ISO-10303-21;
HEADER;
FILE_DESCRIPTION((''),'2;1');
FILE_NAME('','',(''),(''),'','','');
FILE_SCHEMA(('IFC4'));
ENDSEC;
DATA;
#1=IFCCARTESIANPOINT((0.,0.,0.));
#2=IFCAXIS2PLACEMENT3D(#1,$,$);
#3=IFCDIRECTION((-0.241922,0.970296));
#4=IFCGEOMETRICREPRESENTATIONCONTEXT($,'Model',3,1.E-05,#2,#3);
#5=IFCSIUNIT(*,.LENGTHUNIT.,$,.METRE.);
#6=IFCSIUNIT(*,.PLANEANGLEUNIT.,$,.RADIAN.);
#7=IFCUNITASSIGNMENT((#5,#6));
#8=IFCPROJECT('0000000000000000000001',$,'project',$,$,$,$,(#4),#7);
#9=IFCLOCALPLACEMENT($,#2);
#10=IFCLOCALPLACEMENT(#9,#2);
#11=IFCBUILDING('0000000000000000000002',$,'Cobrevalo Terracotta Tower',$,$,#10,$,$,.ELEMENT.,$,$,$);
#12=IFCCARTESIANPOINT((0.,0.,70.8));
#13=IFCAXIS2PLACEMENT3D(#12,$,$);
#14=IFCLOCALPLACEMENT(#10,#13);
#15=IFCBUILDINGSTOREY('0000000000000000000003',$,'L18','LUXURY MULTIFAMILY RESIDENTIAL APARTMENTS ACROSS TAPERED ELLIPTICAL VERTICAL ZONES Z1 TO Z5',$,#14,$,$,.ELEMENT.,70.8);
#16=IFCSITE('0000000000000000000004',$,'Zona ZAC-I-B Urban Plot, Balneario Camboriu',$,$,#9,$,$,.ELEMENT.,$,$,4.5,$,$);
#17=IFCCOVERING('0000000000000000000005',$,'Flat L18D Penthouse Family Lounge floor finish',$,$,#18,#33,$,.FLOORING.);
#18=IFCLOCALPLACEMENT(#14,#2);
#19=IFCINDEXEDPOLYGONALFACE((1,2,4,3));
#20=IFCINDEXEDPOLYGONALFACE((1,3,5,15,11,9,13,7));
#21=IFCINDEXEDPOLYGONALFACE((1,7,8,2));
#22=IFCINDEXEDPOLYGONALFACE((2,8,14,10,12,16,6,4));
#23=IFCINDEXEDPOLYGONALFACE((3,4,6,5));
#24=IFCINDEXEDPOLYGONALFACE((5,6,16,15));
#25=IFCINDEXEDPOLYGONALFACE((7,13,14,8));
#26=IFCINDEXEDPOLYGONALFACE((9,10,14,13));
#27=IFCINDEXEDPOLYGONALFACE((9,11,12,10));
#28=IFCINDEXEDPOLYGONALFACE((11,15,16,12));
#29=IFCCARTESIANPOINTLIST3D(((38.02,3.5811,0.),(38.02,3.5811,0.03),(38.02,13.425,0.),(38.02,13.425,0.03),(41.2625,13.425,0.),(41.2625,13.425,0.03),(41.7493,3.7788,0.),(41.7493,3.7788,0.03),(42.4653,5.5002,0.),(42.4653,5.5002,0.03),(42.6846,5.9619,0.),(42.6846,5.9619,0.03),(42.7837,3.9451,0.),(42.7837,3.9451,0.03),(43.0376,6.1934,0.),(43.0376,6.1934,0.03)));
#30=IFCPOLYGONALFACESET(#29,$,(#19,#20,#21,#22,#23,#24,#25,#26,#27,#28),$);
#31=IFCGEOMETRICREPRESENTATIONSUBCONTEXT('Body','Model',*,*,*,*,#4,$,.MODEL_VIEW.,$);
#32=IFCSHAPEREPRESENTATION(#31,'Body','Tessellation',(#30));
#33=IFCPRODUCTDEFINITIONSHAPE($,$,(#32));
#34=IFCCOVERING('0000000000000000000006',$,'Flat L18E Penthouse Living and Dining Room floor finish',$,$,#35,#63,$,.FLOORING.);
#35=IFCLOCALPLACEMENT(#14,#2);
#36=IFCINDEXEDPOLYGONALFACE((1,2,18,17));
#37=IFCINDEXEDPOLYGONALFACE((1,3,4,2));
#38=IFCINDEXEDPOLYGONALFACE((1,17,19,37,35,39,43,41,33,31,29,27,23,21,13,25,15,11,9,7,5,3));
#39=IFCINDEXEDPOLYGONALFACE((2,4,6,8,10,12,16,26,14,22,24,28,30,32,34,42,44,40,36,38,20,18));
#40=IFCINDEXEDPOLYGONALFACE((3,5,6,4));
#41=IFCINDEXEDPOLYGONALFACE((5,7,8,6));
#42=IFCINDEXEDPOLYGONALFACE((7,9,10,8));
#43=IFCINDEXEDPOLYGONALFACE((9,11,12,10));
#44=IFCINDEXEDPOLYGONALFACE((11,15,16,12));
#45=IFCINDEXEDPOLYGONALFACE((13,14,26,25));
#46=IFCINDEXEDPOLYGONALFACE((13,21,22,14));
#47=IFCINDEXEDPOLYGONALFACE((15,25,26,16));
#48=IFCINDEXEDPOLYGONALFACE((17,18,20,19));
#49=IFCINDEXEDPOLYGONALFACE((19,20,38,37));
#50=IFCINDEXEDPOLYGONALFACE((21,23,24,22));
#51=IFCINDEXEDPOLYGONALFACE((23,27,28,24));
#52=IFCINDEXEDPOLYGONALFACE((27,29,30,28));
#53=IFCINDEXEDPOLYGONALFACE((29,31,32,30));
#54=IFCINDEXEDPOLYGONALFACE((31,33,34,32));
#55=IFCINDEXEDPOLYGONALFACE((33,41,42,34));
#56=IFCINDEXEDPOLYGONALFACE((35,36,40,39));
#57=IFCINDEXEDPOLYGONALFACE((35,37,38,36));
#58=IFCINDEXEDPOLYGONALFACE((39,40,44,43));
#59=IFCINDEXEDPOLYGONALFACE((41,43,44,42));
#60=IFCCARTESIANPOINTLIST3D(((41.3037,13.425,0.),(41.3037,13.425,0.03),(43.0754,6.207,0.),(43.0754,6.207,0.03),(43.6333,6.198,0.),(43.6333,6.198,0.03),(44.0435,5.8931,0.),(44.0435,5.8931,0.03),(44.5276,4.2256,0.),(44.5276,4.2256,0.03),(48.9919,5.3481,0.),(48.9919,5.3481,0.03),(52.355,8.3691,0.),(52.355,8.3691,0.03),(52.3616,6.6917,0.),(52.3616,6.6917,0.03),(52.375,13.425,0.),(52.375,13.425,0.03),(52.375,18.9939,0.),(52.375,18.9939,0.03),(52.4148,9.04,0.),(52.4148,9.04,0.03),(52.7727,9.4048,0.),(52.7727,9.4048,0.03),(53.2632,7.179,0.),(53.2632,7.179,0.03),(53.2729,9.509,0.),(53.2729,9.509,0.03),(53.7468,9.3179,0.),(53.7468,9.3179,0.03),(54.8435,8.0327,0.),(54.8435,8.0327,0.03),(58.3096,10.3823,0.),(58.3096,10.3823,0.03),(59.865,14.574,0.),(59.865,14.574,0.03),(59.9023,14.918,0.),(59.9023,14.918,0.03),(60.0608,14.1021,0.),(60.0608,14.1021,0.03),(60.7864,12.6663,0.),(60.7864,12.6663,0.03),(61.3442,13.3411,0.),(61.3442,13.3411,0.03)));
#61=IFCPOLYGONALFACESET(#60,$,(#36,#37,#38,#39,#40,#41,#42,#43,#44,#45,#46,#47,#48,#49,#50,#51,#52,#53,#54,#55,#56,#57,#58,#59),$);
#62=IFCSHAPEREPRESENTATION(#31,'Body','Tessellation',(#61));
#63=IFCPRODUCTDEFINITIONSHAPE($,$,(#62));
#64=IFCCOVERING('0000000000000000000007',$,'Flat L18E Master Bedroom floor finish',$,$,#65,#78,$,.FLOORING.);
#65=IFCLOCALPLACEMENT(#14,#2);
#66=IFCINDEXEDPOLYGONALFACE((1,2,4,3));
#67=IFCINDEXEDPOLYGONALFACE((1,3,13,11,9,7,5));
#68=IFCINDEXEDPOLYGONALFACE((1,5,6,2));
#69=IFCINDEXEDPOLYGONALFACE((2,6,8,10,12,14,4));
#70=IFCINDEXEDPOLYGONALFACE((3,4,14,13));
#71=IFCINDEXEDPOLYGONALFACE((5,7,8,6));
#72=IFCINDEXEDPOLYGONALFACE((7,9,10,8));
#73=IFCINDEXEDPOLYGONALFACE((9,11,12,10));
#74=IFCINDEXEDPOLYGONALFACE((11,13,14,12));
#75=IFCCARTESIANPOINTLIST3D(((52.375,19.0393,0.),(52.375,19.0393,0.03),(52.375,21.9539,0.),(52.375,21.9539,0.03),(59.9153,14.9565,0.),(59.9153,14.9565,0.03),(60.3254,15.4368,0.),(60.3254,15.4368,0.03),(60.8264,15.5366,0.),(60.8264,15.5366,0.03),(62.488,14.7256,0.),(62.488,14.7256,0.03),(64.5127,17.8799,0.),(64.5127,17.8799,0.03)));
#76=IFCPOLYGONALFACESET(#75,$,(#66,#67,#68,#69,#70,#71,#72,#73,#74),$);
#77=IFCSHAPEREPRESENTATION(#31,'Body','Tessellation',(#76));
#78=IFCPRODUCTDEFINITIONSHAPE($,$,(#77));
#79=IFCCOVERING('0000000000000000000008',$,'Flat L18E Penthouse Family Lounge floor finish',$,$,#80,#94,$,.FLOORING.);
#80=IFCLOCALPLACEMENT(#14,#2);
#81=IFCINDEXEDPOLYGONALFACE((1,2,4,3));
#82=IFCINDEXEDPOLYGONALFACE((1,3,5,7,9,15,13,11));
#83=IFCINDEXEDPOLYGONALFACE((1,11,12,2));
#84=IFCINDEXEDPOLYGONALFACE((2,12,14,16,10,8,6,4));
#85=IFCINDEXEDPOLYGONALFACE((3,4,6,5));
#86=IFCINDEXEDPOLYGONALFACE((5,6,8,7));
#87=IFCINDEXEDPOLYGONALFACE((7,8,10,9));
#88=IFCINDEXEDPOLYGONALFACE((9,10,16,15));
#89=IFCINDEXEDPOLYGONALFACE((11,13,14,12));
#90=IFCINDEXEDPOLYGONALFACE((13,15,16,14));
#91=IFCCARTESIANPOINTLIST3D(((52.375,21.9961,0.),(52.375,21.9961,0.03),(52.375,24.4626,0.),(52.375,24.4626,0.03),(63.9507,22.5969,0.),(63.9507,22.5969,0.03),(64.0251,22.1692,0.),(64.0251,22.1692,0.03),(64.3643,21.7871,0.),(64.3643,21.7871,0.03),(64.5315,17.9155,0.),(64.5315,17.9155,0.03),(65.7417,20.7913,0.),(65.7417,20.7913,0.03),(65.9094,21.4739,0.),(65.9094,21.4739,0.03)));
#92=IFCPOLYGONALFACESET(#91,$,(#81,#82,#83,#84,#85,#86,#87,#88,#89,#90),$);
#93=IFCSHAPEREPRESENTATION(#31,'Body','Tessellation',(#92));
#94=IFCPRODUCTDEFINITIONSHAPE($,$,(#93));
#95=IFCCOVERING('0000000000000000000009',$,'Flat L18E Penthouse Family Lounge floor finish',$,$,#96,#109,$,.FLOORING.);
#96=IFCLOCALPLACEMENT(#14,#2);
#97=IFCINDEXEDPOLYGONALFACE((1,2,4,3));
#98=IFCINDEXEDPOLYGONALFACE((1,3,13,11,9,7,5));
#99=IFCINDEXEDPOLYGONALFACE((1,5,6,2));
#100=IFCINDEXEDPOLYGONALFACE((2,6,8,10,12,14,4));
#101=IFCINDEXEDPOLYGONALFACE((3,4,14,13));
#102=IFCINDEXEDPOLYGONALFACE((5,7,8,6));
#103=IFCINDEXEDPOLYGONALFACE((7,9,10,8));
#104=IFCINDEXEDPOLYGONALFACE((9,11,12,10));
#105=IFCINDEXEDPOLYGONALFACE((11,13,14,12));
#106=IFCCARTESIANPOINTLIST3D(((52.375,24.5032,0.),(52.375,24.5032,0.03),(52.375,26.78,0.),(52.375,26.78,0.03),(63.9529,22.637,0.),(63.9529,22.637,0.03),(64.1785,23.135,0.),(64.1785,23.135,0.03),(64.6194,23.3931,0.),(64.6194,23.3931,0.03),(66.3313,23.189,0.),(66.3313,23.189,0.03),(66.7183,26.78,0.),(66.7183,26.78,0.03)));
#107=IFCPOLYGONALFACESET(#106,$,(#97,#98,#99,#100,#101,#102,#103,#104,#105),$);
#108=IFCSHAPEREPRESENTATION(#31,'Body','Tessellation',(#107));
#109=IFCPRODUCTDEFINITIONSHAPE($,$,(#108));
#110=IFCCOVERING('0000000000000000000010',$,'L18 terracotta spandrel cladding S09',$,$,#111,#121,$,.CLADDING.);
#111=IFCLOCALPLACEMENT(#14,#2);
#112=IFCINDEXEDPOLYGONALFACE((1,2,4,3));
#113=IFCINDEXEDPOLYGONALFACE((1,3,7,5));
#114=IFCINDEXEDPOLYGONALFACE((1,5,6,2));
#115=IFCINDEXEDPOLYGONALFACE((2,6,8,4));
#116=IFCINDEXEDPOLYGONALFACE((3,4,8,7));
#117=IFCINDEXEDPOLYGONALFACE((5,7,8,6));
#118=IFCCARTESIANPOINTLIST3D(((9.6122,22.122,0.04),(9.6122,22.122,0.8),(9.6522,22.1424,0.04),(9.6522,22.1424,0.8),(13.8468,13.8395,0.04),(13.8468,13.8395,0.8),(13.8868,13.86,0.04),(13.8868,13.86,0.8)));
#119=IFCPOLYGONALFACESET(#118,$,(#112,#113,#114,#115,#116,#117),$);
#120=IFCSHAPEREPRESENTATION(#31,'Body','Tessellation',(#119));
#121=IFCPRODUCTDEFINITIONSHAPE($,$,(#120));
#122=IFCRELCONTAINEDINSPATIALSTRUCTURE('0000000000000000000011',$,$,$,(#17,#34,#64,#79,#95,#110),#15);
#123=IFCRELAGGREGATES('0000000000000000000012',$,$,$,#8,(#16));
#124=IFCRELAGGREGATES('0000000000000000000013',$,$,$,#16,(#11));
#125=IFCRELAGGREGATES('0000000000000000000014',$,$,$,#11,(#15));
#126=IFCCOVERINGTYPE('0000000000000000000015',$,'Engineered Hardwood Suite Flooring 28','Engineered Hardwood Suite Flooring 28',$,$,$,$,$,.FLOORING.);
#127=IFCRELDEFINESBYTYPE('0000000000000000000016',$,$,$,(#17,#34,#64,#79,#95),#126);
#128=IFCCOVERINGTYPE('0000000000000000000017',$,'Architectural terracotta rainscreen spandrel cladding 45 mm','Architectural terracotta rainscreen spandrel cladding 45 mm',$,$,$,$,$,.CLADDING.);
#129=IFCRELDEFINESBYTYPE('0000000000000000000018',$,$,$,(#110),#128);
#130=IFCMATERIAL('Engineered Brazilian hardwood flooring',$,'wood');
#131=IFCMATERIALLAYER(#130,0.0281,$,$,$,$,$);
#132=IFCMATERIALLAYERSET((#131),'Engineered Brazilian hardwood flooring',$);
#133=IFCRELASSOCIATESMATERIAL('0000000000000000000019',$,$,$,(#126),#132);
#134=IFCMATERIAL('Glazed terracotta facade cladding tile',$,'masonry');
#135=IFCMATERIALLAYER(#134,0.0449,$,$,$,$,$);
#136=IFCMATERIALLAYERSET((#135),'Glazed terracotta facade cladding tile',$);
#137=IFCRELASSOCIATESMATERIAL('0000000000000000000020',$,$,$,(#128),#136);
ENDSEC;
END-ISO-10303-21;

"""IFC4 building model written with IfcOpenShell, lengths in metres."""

from ifc_helpers import new_model, si_unit, direction, frame, origin, origin_2d, place, context, subcontext, project, spatial, polyline, rectangle, outline, extrude, source, transform, mapped, material, layer, layer_set, type_object, element, save


model = new_model("IFC4")

# Units and contexts
model_context = context("Model", 3, precision=1e-05, world=origin(), true_north=direction((-0.241922, 0.970296)))
body_context = subcontext(model_context, "Body", "Model", "MODEL_VIEW")
ifc_project = project(units=[si_unit("LENGTHUNIT", "METRE"), si_unit("PLANEANGLEUNIT", "RADIAN")], contexts=[model_context])

# Site, building, storey
site_placement = place(None, origin())
site = spatial("IfcSite", under=ifc_project, at=site_placement, Name="Zona ZAC-I-B Urban Plot, Balneario Camboriu", CompositionType="ELEMENT", RefElevation=4.5)
building_placement = place(site_placement, origin())
building = spatial("IfcBuilding", under=site, at=building_placement, Name="Cobrevalo Terracotta Tower", CompositionType="ELEMENT")
storey_placement = place(building_placement, frame((0.0, 0.0, 70.8)))
storey = spatial("IfcBuildingStorey", under=building, at=storey_placement, Name="L18", Description="LUXURY MULTIFAMILY RESIDENTIAL APARTMENTS ACROSS TAPERED ELLIPTICAL VERTICAL ZONES Z1 TO Z5", CompositionType="ELEMENT", Elevation=70.8)

# Coverings
ifc_material_1 = material(Name="Engineered Brazilian hardwood flooring", Category="wood")
ifc_layer_1 = layer(ifc_material_1, 0.0281)
ifc_layer_set_1 = layer_set([ifc_layer_1], Name="Engineered Brazilian hardwood flooring")
covering_type_1 = type_object("IfcCoveringType", Name="Engineered Hardwood Suite Flooring 28", Description="Engineered Hardwood Suite Flooring 28", PredefinedType="FLOORING", material=ifc_layer_set_1)
covering_1_placement = place(storey_placement, origin())
element("IfcCovering", 1, at=covering_1_placement, inside=storey, type_object=covering_type_1, Name="Flat L18D Penthouse Family Lounge floor finish", PredefinedType="FLOORING", context=body_context, shape_type="SweptSolid", body=[
    extrude(outline(polyline([(38.02, 13.425), (41.2625, 13.425), (43.0376, 6.1934), (42.6846, 5.9619), (42.4653, 5.5002), (42.7837, 3.9451), (41.7493, 3.7788), (38.02, 3.5811), (38.02, 13.425)])), origin(), (0.0, 0.0, 1.0), 0.03),
])
covering_2_placement = place(storey_placement, origin())
element("IfcCovering", 2, at=covering_2_placement, inside=storey, type_object=covering_type_1, Name="Flat L18E Penthouse Living and Dining Room floor finish", PredefinedType="FLOORING", context=body_context, shape_type="SweptSolid", body=[
    extrude(outline(polyline([(58.3096, 10.3823), (54.8435, 8.0327), (53.7468, 9.3179), (53.2729, 9.509), (52.7727, 9.4048), (52.4148, 9.04), (52.355, 8.3691), (53.2632, 7.179), (52.3616, 6.6917), (48.9919, 5.3481), (44.5276, 4.2256), (44.0435, 5.8931), (43.6333, 6.198), (43.0754, 6.207), (41.3037, 13.425), (52.375, 13.425), (52.375, 18.9939), (59.9023, 14.918), (59.865, 14.574), (60.0608, 14.1021), (61.3442, 13.3411), (60.7864, 12.6663), (58.3096, 10.3823)])), origin(), (0.0, 0.0, 1.0), 0.03),
])
covering_3_placement = place(storey_placement, origin())
element("IfcCovering", 3, at=covering_3_placement, inside=storey, type_object=covering_type_1, Name="Flat L18E Master Bedroom floor finish", PredefinedType="FLOORING", context=body_context, shape_type="SweptSolid", body=[
    extrude(outline(polyline([(62.488, 14.7256), (60.8264, 15.5366), (60.3254, 15.4368), (59.9153, 14.9565), (52.375, 19.0393), (52.375, 21.9539), (64.5127, 17.8799), (62.488, 14.7256)])), origin(), (0.0, 0.0, 1.0), 0.03),
])
covering_4_placement = place(storey_placement, origin())
element("IfcCovering", 4, at=covering_4_placement, inside=storey, type_object=covering_type_1, Name="Flat L18E Penthouse Family Lounge floor finish", PredefinedType="FLOORING", context=body_context, shape_type="SweptSolid", body=[
    extrude(outline(polyline([(52.375, 21.9961), (52.375, 24.4626), (63.9507, 22.5969), (64.0251, 22.1692), (64.3643, 21.7871), (65.9094, 21.4739), (65.7417, 20.7913), (64.5315, 17.9155), (52.375, 21.9961)])), origin(), (0.0, 0.0, 1.0), 0.03),
])
covering_5_placement = place(storey_placement, origin())
element("IfcCovering", 5, at=covering_5_placement, inside=storey, type_object=covering_type_1, Name="Flat L18E Penthouse Family Lounge floor finish", PredefinedType="FLOORING", context=body_context, shape_type="SweptSolid", body=[
    extrude(outline(polyline([(66.7183, 26.78), (66.3313, 23.189), (64.6194, 23.3931), (64.1785, 23.135), (63.9529, 22.637), (52.375, 24.5032), (52.375, 26.78), (66.7183, 26.78)])), origin(), (0.0, 0.0, 1.0), 0.03),
])
ifc_material_2 = material(Name="Glazed terracotta facade cladding tile", Category="masonry")
ifc_layer_2 = layer(ifc_material_2, 0.0449)
ifc_layer_set_2 = layer_set([ifc_layer_2], Name="Glazed terracotta facade cladding tile")
covering_type_2 = type_object("IfcCoveringType", Name="Architectural terracotta rainscreen spandrel cladding 45 mm", Description="Architectural terracotta rainscreen spandrel cladding 45 mm", PredefinedType="CLADDING", material=ifc_layer_set_2)
shared_shape_1 = source(origin(), body_context, "Body", "SweptSolid", [
    extrude(rectangle(XDim=9.3022, YDim=0.0449, at=origin_2d()), origin(), (0.0, 0.0, 1.0), 0.76),
])
covering_6_placement = place(storey_placement, frame((11.7495, 17.991, 0.04), z_axis=(0.0, 0.0, 1.0), x_axis=(0.455231, -0.890373, 0.0)))
element("IfcCovering", 6, at=covering_6_placement, inside=storey, type_object=covering_type_2, Name="L18 terracotta spandrel cladding S09", PredefinedType="CLADDING", context=body_context, shape_type="MappedRepresentation", body=[
    mapped(shared_shape_1, transform((0.0, 0.0, 0.0), scale=1.0)),
])

save(model, "model.ifc")
